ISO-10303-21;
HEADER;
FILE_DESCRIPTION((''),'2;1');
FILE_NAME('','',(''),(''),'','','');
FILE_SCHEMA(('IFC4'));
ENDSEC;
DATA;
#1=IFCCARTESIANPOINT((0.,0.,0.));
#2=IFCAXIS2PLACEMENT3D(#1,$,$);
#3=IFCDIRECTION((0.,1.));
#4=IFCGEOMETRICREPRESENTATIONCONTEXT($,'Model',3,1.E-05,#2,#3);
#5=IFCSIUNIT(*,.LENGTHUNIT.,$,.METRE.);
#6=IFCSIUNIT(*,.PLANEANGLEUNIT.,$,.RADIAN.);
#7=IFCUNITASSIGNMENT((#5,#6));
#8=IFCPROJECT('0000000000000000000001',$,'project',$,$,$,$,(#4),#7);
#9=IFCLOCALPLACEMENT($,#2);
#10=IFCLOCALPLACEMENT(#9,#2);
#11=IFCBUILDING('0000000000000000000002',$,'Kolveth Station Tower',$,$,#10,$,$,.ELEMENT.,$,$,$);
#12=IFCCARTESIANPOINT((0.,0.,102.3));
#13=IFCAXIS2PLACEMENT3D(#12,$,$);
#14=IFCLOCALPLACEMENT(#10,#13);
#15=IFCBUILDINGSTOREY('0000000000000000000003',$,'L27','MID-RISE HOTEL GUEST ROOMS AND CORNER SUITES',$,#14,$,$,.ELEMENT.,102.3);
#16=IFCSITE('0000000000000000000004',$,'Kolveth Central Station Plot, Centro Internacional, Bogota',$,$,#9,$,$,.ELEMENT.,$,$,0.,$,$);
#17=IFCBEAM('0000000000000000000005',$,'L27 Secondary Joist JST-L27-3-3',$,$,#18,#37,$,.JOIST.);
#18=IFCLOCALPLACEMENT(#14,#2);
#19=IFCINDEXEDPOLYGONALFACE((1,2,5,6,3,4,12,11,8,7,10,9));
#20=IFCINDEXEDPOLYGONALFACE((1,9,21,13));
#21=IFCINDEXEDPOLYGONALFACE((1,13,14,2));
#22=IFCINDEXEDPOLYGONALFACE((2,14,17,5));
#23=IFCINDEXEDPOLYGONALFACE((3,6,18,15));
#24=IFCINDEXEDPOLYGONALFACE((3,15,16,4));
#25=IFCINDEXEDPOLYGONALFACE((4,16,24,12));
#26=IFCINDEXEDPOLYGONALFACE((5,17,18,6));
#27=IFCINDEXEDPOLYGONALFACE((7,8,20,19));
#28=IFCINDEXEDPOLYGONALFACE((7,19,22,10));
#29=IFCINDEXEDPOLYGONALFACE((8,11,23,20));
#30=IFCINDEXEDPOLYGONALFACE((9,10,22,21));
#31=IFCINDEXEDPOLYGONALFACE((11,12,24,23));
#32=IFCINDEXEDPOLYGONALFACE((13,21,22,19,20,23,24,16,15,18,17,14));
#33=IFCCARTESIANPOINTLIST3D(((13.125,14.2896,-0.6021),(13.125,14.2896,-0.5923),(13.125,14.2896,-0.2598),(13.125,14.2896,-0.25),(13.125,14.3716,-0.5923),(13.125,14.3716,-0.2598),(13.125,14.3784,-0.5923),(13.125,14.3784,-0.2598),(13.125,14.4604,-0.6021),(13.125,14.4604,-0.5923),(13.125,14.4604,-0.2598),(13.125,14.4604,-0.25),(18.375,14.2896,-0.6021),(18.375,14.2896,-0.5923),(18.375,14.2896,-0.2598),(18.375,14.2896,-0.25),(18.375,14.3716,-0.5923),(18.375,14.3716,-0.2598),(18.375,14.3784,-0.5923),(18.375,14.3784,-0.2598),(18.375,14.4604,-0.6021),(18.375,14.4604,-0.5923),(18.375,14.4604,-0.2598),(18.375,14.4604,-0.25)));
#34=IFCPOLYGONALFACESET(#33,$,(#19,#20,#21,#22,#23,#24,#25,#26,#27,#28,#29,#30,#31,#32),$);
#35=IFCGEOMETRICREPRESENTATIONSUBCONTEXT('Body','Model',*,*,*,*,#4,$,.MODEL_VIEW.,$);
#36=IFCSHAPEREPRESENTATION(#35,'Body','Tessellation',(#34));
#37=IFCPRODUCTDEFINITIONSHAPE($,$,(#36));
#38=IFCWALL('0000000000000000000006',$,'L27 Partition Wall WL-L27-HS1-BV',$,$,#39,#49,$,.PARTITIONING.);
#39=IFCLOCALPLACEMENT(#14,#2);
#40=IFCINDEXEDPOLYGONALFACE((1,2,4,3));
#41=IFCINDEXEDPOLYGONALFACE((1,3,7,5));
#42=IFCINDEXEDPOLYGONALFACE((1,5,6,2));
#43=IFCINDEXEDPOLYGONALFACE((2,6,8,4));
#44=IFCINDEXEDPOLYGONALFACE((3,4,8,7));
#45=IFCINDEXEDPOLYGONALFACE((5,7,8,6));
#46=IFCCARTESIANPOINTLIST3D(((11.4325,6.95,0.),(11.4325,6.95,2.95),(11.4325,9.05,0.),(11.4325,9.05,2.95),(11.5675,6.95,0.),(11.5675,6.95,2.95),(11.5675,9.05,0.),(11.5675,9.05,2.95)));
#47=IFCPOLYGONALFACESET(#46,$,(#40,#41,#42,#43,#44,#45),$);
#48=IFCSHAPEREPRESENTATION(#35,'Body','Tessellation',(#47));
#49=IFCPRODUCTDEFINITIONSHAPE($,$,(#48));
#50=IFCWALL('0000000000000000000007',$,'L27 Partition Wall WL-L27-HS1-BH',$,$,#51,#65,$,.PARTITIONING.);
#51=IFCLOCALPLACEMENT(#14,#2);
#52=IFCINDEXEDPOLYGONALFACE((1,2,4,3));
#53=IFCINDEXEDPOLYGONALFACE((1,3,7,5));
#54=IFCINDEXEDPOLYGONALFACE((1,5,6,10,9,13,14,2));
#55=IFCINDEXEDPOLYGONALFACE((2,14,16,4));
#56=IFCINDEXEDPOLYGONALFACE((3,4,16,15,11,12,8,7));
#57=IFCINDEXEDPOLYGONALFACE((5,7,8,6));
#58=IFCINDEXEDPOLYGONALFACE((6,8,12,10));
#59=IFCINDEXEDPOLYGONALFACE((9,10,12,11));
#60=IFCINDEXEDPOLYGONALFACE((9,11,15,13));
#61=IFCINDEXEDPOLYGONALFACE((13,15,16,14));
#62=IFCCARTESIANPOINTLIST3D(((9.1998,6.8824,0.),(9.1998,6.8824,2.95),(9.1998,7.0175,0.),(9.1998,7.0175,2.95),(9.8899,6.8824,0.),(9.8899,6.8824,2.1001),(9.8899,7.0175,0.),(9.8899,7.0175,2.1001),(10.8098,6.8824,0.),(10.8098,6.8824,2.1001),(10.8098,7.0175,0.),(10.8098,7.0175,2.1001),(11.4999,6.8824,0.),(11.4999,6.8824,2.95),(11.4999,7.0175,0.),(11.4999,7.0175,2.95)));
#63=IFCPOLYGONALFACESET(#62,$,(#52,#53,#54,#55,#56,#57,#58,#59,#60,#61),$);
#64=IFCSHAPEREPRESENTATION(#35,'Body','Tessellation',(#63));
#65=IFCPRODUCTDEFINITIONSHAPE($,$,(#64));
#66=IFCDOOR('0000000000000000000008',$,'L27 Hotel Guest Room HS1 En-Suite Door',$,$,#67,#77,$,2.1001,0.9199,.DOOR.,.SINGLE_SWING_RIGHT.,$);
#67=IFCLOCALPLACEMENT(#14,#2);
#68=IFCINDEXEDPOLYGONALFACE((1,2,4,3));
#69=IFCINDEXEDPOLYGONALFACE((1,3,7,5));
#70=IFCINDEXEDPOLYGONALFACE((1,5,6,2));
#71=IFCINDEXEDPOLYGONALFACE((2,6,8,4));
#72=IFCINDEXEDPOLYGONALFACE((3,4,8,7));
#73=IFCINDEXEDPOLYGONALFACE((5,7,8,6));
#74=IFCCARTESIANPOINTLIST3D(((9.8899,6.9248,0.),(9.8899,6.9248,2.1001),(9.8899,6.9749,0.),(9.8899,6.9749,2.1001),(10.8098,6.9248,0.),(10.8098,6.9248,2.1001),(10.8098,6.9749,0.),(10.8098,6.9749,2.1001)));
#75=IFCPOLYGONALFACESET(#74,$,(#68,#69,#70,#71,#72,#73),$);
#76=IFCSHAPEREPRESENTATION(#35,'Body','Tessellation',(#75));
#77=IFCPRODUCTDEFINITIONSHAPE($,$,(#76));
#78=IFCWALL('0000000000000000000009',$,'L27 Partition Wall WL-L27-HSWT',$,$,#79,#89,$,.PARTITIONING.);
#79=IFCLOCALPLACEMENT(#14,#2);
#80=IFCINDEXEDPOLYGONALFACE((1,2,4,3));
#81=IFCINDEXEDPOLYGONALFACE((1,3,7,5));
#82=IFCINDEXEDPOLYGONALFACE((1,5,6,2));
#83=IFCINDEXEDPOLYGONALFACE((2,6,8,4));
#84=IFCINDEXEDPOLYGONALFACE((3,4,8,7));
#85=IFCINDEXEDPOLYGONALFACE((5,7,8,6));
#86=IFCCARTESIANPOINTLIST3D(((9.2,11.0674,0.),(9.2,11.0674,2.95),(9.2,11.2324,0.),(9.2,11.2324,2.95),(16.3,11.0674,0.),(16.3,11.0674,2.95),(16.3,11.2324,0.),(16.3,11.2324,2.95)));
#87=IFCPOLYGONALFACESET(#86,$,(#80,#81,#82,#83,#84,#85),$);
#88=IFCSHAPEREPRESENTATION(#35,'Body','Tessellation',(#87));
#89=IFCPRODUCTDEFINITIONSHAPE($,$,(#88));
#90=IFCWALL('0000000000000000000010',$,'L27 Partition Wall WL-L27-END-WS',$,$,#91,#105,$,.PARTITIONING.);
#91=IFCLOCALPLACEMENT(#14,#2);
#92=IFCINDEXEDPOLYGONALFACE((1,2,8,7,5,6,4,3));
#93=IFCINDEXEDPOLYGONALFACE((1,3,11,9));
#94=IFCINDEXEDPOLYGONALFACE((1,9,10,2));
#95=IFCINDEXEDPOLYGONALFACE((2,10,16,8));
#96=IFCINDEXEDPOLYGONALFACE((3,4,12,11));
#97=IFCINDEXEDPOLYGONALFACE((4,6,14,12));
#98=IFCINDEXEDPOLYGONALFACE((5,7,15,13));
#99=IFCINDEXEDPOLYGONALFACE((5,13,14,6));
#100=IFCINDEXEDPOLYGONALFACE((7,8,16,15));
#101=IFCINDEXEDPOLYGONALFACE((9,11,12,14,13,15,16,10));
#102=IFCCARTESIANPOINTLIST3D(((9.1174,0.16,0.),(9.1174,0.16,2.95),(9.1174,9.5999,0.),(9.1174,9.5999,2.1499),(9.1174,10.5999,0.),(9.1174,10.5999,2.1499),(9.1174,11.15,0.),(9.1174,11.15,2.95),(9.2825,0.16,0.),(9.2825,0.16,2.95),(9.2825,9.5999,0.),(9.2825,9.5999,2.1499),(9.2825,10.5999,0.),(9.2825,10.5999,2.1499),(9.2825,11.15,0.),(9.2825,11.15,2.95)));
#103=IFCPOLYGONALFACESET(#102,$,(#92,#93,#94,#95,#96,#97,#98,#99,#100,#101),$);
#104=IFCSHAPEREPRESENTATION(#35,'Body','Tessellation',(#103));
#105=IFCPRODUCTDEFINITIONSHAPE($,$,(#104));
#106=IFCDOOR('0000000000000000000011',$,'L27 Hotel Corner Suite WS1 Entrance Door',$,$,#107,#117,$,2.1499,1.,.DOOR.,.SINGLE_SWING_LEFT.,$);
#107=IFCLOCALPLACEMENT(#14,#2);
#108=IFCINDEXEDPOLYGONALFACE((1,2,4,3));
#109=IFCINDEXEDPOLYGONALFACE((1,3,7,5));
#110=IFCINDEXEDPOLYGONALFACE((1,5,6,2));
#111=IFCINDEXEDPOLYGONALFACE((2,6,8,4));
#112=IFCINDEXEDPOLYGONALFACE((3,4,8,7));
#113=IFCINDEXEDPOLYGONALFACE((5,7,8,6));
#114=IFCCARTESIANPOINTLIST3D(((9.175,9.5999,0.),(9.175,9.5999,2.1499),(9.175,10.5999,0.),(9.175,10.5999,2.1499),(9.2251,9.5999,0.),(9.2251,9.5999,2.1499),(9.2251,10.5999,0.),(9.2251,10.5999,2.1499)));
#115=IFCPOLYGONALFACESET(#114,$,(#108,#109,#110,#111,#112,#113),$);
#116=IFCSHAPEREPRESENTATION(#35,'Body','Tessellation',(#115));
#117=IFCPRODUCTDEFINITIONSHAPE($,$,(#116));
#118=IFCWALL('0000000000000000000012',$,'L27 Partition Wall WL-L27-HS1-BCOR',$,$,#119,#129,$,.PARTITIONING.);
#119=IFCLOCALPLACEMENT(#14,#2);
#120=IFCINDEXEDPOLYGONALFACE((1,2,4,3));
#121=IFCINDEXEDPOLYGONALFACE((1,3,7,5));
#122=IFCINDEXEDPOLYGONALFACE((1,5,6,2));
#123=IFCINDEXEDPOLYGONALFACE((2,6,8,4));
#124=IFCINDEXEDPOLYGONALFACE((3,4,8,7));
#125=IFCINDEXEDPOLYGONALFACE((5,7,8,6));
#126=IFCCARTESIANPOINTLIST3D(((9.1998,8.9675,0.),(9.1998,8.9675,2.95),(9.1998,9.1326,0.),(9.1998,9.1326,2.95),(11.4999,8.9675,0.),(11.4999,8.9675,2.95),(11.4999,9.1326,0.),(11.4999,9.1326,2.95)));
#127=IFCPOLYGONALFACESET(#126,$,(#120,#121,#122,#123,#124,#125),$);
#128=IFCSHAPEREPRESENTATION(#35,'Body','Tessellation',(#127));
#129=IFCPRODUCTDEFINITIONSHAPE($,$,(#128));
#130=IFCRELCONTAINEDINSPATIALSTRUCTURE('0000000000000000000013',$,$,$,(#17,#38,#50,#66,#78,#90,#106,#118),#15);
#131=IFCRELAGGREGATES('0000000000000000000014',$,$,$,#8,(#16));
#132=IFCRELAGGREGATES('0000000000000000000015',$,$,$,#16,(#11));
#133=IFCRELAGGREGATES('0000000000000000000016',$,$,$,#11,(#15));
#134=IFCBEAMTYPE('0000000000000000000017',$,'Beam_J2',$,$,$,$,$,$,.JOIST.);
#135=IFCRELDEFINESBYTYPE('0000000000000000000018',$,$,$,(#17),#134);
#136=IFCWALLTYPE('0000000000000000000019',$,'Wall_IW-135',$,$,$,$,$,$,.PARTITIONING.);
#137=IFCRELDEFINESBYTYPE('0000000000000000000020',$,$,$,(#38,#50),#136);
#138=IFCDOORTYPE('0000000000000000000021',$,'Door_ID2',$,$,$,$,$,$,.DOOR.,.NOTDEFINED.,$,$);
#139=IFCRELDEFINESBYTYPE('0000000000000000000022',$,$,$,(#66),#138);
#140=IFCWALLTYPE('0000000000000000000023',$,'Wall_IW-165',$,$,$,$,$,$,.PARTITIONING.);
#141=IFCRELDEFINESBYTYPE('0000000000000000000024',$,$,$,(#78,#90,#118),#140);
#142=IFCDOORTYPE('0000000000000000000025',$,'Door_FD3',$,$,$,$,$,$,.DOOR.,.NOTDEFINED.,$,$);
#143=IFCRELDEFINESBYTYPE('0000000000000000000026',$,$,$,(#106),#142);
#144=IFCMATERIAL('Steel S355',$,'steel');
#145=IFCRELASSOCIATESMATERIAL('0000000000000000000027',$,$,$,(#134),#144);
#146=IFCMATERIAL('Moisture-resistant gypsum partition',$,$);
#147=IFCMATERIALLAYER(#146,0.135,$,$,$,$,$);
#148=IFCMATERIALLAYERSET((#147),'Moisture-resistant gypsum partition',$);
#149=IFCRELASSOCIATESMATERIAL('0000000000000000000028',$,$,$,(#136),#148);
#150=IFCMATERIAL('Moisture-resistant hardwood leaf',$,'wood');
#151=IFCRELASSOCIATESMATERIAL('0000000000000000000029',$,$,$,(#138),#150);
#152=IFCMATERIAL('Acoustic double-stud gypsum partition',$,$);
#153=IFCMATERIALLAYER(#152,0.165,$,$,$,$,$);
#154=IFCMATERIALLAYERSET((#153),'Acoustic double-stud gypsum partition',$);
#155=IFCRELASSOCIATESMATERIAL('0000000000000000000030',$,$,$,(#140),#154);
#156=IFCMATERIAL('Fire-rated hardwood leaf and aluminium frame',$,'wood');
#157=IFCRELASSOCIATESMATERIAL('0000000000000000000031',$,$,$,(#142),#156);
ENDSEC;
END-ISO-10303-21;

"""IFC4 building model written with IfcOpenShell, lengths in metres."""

from ifc_helpers import new_model, si_unit, direction, frame, frame_2d, origin, origin_2d, place, context, subcontext, project, spatial, rectangle, i_section, extrude, source, transform, mapped, material, layer, layer_set, material_profile, profile_set, type_object, element, fill, save


model = new_model("IFC4")

# Units and contexts
model_context = context("Model", 3, precision=1e-05, world=origin(), true_north=direction((0.0, 1.0)))
body_context = subcontext(model_context, "Body", "Model", "MODEL_VIEW")
ifc_project = project(units=[si_unit("LENGTHUNIT", "METRE"), si_unit("PLANEANGLEUNIT", "RADIAN")], contexts=[model_context])

# Site, building, storey
site_placement = place(None, origin())
site = spatial("IfcSite", under=ifc_project, at=site_placement, Name="Kolveth Central Station Plot, Centro Internacional, Bogota", CompositionType="ELEMENT", RefElevation=0.0)
building_placement = place(site_placement, origin())
building = spatial("IfcBuilding", under=site, at=building_placement, Name="Kolveth Station Tower", CompositionType="ELEMENT")
storey_placement = place(building_placement, frame((0.0, 0.0, 102.3)))
storey = spatial("IfcBuildingStorey", under=building, at=storey_placement, Name="L27", Description="MID-RISE HOTEL GUEST ROOMS AND CORNER SUITES", CompositionType="ELEMENT", Elevation=102.3)

# Beam
ifc_material_1 = material(Name="Steel S355", Category="steel")
ifc_material_profile_1 = material_profile(ifc_material_1, i_section(OverallWidth=0.1709, OverallDepth=0.3521, WebThickness=0.0068, FlangeThickness=0.0098, at=origin_2d()), Name="W360x44")
ifc_profile_set_1 = profile_set([ifc_material_profile_1], Name="Steel S355")
beam_type_1 = type_object("IfcBeamType", Name="Beam_J2", PredefinedType="JOIST", material=ifc_profile_set_1)
shared_shape_1 = source(origin(), body_context, "Body", "SweptSolid", [
    extrude(i_section(OverallWidth=0.1709, OverallDepth=0.3521, WebThickness=0.0068, FlangeThickness=0.0098, at=origin_2d()), origin(), (0.0, 0.0, 1.0), 5.25),
])
for number, where, z_axis, x_axis, name in (
    (1, (13.125, 14.375, -0.426), (1.0, 0.0, 0.0), (0.0, 1.0, 0.0), "L27 Secondary Joist JST-L27-3-3"),
):
    element("IfcBeam", number, at=place(storey_placement, frame(where, z_axis=z_axis, x_axis=x_axis)), inside=storey, type_object=beam_type_1, Name=name, PredefinedType="JOIST", context=body_context, shape_type="MappedRepresentation", body=[
        mapped(shared_shape_1, transform((0.0, 0.0, 0.0), x_axis=(1.0, 0.0, 0.0), y_axis=(0.0, 1.0, 0.0), z_axis=(0.0, 0.0, 1.0), scale=1.0)),
    ])

# Wall
ifc_material_2 = material(Name="Moisture-resistant gypsum partition")
ifc_layer_1 = layer(ifc_material_2, 0.135)
ifc_layer_set_1 = layer_set([ifc_layer_1], Name="Moisture-resistant gypsum partition")
wall_type_1 = type_object("IfcWallType", Name="Wall_IW-135", PredefinedType="PARTITIONING", material=ifc_layer_set_1)
wall_1_placement = place(storey_placement, frame((11.5, 6.95, 0.0), z_axis=(0.0, 0.0, 1.0), x_axis=(0.0, 1.0, 0.0)))
element("IfcWall", 2, at=wall_1_placement, inside=storey, type_object=wall_type_1, Name="L27 Partition Wall WL-L27-HS1-BV", PredefinedType="PARTITIONING", context=body_context, shape_type="SweptSolid", body=[
    extrude(rectangle(XDim=2.1001, YDim=0.135, at=frame_2d((1.05, 0.0))), origin(), (0.0, 0.0, 1.0), 2.95),
])

# Wall, opening, door
wall_2_placement = place(storey_placement, frame((9.2, 6.95, 0.0), z_axis=(0.0, 0.0, 1.0), x_axis=(1.0, 0.0, 0.0)))
wall_2 = element("IfcWall", 3, at=wall_2_placement, inside=storey, type_object=wall_type_1, Name="L27 Partition Wall WL-L27-HS1-BH", PredefinedType="PARTITIONING", context=body_context, shape_type="SweptSolid", body=[
    extrude(rectangle(XDim=2.3, YDim=0.135, at=frame_2d((1.1499, 0.0))), origin(), (0.0, 0.0, 1.0), 2.95),
])
opening_1_placement = place(wall_2_placement, frame((0.6899, 0.0, 0.0)))
opening_1 = element("IfcOpeningElement", 4, at=opening_1_placement, cuts=wall_2, PredefinedType="OPENING", context=body_context, shape_type="SweptSolid", body=[
    extrude(rectangle(XDim=0.9199, YDim=2.1001, at=frame_2d((0.46, 1.05))), frame((0.0, 0.0774, 0.0), z_axis=(0.0, -1.0, 0.0), x_axis=(1.0, 0.0, 0.0)), (0.0, 0.0, 1.0), 0.155),
])
ifc_material_3 = material(Name="Moisture-resistant hardwood leaf", Category="wood")
door_type_1 = type_object("IfcDoorType", Name="Door_ID2", OperationType="NOTDEFINED", PredefinedType="DOOR", material=ifc_material_3)
door_1_placement = place(opening_1_placement, origin())
door_1 = element("IfcDoor", 5, at=door_1_placement, inside=storey, type_object=door_type_1, Name="L27 Hotel Guest Room HS1 En-Suite Door", OperationType="SINGLE_SWING_RIGHT", OverallHeight=2.1001, OverallWidth=0.9199, PredefinedType="DOOR", context=body_context, shape_type="SweptSolid", body=[
    extrude(rectangle(XDim=0.9199, YDim=2.1001, at=frame_2d((0.46, 1.05))), frame((0.0, 0.0249, 0.0), z_axis=(0.0, -1.0, 0.0), x_axis=(1.0, 0.0, 0.0)), (0.0, 0.0, 1.0), 0.05),
])
fill(opening_1, door_1)

# Wall
ifc_material_4 = material(Name="Acoustic double-stud gypsum partition")
ifc_layer_2 = layer(ifc_material_4, 0.165)
ifc_layer_set_2 = layer_set([ifc_layer_2], Name="Acoustic double-stud gypsum partition")
wall_type_2 = type_object("IfcWallType", Name="Wall_IW-165", PredefinedType="PARTITIONING", material=ifc_layer_set_2)
wall_3_placement = place(storey_placement, frame((9.2, 11.1499, 0.0), z_axis=(0.0, 0.0, 1.0), x_axis=(1.0, 0.0, 0.0)))
element("IfcWall", 6, at=wall_3_placement, inside=storey, type_object=wall_type_2, Name="L27 Partition Wall WL-L27-HSWT", PredefinedType="PARTITIONING", context=body_context, shape_type="SweptSolid", body=[
    extrude(rectangle(XDim=7.1001, YDim=0.165, at=frame_2d((3.55, 0.0))), origin(), (0.0, 0.0, 1.0), 2.95),
])

# Wall, opening, door
wall_4_placement = place(storey_placement, frame((9.2, 0.1599, 0.0), z_axis=(0.0, 0.0, 1.0), x_axis=(0.0, 1.0, 0.0)))
wall_4 = element("IfcWall", 7, at=wall_4_placement, inside=storey, type_object=wall_type_2, Name="L27 Partition Wall WL-L27-END-WS", PredefinedType="PARTITIONING", context=body_context, shape_type="SweptSolid", body=[
    extrude(rectangle(XDim=10.99, YDim=0.165, at=frame_2d((5.4951, 0.0))), origin(), (0.0, 0.0, 1.0), 2.95),
])
opening_2_placement = place(wall_4_placement, frame((9.4399, 0.0, 0.0)))
opening_2 = element("IfcOpeningElement", 8, at=opening_2_placement, cuts=wall_4, PredefinedType="OPENING", context=body_context, shape_type="SweptSolid", body=[
    extrude(rectangle(XDim=1.0, YDim=2.1499, at=frame_2d((0.5, 1.075))), frame((0.0, 0.0925, 0.0), z_axis=(0.0, -1.0, 0.0), x_axis=(1.0, 0.0, 0.0)), (0.0, 0.0, 1.0), 0.1851),
])
ifc_material_5 = material(Name="Fire-rated hardwood leaf and aluminium frame", Category="wood")
door_type_2 = type_object("IfcDoorType", Name="Door_FD3", OperationType="NOTDEFINED", PredefinedType="DOOR", material=ifc_material_5)
door_2_placement = place(opening_2_placement, origin())
door_2 = element("IfcDoor", 9, at=door_2_placement, inside=storey, type_object=door_type_2, Name="L27 Hotel Corner Suite WS1 Entrance Door", OperationType="SINGLE_SWING_LEFT", OverallHeight=2.1499, OverallWidth=1.0, PredefinedType="DOOR", context=body_context, shape_type="SweptSolid", body=[
    extrude(rectangle(XDim=1.0, YDim=2.1499, at=frame_2d((0.5, 1.075))), frame((0.0, 0.0249, 0.0), z_axis=(0.0, -1.0, 0.0), x_axis=(1.0, 0.0, 0.0)), (0.0, 0.0, 1.0), 0.05),
])
fill(opening_2, door_2)

# Wall
wall_5_placement = place(storey_placement, frame((9.2, 9.05, 0.0), z_axis=(0.0, 0.0, 1.0), x_axis=(1.0, 0.0, 0.0)))
element("IfcWall", 10, at=wall_5_placement, inside=storey, type_object=wall_type_2, Name="L27 Partition Wall WL-L27-HS1-BCOR", PredefinedType="PARTITIONING", context=body_context, shape_type="SweptSolid", body=[
    extrude(rectangle(XDim=2.3, YDim=0.165, at=frame_2d((1.1499, 0.0))), origin(), (0.0, 0.0, 1.0), 2.95),
])

save(model, "model.ifc")
